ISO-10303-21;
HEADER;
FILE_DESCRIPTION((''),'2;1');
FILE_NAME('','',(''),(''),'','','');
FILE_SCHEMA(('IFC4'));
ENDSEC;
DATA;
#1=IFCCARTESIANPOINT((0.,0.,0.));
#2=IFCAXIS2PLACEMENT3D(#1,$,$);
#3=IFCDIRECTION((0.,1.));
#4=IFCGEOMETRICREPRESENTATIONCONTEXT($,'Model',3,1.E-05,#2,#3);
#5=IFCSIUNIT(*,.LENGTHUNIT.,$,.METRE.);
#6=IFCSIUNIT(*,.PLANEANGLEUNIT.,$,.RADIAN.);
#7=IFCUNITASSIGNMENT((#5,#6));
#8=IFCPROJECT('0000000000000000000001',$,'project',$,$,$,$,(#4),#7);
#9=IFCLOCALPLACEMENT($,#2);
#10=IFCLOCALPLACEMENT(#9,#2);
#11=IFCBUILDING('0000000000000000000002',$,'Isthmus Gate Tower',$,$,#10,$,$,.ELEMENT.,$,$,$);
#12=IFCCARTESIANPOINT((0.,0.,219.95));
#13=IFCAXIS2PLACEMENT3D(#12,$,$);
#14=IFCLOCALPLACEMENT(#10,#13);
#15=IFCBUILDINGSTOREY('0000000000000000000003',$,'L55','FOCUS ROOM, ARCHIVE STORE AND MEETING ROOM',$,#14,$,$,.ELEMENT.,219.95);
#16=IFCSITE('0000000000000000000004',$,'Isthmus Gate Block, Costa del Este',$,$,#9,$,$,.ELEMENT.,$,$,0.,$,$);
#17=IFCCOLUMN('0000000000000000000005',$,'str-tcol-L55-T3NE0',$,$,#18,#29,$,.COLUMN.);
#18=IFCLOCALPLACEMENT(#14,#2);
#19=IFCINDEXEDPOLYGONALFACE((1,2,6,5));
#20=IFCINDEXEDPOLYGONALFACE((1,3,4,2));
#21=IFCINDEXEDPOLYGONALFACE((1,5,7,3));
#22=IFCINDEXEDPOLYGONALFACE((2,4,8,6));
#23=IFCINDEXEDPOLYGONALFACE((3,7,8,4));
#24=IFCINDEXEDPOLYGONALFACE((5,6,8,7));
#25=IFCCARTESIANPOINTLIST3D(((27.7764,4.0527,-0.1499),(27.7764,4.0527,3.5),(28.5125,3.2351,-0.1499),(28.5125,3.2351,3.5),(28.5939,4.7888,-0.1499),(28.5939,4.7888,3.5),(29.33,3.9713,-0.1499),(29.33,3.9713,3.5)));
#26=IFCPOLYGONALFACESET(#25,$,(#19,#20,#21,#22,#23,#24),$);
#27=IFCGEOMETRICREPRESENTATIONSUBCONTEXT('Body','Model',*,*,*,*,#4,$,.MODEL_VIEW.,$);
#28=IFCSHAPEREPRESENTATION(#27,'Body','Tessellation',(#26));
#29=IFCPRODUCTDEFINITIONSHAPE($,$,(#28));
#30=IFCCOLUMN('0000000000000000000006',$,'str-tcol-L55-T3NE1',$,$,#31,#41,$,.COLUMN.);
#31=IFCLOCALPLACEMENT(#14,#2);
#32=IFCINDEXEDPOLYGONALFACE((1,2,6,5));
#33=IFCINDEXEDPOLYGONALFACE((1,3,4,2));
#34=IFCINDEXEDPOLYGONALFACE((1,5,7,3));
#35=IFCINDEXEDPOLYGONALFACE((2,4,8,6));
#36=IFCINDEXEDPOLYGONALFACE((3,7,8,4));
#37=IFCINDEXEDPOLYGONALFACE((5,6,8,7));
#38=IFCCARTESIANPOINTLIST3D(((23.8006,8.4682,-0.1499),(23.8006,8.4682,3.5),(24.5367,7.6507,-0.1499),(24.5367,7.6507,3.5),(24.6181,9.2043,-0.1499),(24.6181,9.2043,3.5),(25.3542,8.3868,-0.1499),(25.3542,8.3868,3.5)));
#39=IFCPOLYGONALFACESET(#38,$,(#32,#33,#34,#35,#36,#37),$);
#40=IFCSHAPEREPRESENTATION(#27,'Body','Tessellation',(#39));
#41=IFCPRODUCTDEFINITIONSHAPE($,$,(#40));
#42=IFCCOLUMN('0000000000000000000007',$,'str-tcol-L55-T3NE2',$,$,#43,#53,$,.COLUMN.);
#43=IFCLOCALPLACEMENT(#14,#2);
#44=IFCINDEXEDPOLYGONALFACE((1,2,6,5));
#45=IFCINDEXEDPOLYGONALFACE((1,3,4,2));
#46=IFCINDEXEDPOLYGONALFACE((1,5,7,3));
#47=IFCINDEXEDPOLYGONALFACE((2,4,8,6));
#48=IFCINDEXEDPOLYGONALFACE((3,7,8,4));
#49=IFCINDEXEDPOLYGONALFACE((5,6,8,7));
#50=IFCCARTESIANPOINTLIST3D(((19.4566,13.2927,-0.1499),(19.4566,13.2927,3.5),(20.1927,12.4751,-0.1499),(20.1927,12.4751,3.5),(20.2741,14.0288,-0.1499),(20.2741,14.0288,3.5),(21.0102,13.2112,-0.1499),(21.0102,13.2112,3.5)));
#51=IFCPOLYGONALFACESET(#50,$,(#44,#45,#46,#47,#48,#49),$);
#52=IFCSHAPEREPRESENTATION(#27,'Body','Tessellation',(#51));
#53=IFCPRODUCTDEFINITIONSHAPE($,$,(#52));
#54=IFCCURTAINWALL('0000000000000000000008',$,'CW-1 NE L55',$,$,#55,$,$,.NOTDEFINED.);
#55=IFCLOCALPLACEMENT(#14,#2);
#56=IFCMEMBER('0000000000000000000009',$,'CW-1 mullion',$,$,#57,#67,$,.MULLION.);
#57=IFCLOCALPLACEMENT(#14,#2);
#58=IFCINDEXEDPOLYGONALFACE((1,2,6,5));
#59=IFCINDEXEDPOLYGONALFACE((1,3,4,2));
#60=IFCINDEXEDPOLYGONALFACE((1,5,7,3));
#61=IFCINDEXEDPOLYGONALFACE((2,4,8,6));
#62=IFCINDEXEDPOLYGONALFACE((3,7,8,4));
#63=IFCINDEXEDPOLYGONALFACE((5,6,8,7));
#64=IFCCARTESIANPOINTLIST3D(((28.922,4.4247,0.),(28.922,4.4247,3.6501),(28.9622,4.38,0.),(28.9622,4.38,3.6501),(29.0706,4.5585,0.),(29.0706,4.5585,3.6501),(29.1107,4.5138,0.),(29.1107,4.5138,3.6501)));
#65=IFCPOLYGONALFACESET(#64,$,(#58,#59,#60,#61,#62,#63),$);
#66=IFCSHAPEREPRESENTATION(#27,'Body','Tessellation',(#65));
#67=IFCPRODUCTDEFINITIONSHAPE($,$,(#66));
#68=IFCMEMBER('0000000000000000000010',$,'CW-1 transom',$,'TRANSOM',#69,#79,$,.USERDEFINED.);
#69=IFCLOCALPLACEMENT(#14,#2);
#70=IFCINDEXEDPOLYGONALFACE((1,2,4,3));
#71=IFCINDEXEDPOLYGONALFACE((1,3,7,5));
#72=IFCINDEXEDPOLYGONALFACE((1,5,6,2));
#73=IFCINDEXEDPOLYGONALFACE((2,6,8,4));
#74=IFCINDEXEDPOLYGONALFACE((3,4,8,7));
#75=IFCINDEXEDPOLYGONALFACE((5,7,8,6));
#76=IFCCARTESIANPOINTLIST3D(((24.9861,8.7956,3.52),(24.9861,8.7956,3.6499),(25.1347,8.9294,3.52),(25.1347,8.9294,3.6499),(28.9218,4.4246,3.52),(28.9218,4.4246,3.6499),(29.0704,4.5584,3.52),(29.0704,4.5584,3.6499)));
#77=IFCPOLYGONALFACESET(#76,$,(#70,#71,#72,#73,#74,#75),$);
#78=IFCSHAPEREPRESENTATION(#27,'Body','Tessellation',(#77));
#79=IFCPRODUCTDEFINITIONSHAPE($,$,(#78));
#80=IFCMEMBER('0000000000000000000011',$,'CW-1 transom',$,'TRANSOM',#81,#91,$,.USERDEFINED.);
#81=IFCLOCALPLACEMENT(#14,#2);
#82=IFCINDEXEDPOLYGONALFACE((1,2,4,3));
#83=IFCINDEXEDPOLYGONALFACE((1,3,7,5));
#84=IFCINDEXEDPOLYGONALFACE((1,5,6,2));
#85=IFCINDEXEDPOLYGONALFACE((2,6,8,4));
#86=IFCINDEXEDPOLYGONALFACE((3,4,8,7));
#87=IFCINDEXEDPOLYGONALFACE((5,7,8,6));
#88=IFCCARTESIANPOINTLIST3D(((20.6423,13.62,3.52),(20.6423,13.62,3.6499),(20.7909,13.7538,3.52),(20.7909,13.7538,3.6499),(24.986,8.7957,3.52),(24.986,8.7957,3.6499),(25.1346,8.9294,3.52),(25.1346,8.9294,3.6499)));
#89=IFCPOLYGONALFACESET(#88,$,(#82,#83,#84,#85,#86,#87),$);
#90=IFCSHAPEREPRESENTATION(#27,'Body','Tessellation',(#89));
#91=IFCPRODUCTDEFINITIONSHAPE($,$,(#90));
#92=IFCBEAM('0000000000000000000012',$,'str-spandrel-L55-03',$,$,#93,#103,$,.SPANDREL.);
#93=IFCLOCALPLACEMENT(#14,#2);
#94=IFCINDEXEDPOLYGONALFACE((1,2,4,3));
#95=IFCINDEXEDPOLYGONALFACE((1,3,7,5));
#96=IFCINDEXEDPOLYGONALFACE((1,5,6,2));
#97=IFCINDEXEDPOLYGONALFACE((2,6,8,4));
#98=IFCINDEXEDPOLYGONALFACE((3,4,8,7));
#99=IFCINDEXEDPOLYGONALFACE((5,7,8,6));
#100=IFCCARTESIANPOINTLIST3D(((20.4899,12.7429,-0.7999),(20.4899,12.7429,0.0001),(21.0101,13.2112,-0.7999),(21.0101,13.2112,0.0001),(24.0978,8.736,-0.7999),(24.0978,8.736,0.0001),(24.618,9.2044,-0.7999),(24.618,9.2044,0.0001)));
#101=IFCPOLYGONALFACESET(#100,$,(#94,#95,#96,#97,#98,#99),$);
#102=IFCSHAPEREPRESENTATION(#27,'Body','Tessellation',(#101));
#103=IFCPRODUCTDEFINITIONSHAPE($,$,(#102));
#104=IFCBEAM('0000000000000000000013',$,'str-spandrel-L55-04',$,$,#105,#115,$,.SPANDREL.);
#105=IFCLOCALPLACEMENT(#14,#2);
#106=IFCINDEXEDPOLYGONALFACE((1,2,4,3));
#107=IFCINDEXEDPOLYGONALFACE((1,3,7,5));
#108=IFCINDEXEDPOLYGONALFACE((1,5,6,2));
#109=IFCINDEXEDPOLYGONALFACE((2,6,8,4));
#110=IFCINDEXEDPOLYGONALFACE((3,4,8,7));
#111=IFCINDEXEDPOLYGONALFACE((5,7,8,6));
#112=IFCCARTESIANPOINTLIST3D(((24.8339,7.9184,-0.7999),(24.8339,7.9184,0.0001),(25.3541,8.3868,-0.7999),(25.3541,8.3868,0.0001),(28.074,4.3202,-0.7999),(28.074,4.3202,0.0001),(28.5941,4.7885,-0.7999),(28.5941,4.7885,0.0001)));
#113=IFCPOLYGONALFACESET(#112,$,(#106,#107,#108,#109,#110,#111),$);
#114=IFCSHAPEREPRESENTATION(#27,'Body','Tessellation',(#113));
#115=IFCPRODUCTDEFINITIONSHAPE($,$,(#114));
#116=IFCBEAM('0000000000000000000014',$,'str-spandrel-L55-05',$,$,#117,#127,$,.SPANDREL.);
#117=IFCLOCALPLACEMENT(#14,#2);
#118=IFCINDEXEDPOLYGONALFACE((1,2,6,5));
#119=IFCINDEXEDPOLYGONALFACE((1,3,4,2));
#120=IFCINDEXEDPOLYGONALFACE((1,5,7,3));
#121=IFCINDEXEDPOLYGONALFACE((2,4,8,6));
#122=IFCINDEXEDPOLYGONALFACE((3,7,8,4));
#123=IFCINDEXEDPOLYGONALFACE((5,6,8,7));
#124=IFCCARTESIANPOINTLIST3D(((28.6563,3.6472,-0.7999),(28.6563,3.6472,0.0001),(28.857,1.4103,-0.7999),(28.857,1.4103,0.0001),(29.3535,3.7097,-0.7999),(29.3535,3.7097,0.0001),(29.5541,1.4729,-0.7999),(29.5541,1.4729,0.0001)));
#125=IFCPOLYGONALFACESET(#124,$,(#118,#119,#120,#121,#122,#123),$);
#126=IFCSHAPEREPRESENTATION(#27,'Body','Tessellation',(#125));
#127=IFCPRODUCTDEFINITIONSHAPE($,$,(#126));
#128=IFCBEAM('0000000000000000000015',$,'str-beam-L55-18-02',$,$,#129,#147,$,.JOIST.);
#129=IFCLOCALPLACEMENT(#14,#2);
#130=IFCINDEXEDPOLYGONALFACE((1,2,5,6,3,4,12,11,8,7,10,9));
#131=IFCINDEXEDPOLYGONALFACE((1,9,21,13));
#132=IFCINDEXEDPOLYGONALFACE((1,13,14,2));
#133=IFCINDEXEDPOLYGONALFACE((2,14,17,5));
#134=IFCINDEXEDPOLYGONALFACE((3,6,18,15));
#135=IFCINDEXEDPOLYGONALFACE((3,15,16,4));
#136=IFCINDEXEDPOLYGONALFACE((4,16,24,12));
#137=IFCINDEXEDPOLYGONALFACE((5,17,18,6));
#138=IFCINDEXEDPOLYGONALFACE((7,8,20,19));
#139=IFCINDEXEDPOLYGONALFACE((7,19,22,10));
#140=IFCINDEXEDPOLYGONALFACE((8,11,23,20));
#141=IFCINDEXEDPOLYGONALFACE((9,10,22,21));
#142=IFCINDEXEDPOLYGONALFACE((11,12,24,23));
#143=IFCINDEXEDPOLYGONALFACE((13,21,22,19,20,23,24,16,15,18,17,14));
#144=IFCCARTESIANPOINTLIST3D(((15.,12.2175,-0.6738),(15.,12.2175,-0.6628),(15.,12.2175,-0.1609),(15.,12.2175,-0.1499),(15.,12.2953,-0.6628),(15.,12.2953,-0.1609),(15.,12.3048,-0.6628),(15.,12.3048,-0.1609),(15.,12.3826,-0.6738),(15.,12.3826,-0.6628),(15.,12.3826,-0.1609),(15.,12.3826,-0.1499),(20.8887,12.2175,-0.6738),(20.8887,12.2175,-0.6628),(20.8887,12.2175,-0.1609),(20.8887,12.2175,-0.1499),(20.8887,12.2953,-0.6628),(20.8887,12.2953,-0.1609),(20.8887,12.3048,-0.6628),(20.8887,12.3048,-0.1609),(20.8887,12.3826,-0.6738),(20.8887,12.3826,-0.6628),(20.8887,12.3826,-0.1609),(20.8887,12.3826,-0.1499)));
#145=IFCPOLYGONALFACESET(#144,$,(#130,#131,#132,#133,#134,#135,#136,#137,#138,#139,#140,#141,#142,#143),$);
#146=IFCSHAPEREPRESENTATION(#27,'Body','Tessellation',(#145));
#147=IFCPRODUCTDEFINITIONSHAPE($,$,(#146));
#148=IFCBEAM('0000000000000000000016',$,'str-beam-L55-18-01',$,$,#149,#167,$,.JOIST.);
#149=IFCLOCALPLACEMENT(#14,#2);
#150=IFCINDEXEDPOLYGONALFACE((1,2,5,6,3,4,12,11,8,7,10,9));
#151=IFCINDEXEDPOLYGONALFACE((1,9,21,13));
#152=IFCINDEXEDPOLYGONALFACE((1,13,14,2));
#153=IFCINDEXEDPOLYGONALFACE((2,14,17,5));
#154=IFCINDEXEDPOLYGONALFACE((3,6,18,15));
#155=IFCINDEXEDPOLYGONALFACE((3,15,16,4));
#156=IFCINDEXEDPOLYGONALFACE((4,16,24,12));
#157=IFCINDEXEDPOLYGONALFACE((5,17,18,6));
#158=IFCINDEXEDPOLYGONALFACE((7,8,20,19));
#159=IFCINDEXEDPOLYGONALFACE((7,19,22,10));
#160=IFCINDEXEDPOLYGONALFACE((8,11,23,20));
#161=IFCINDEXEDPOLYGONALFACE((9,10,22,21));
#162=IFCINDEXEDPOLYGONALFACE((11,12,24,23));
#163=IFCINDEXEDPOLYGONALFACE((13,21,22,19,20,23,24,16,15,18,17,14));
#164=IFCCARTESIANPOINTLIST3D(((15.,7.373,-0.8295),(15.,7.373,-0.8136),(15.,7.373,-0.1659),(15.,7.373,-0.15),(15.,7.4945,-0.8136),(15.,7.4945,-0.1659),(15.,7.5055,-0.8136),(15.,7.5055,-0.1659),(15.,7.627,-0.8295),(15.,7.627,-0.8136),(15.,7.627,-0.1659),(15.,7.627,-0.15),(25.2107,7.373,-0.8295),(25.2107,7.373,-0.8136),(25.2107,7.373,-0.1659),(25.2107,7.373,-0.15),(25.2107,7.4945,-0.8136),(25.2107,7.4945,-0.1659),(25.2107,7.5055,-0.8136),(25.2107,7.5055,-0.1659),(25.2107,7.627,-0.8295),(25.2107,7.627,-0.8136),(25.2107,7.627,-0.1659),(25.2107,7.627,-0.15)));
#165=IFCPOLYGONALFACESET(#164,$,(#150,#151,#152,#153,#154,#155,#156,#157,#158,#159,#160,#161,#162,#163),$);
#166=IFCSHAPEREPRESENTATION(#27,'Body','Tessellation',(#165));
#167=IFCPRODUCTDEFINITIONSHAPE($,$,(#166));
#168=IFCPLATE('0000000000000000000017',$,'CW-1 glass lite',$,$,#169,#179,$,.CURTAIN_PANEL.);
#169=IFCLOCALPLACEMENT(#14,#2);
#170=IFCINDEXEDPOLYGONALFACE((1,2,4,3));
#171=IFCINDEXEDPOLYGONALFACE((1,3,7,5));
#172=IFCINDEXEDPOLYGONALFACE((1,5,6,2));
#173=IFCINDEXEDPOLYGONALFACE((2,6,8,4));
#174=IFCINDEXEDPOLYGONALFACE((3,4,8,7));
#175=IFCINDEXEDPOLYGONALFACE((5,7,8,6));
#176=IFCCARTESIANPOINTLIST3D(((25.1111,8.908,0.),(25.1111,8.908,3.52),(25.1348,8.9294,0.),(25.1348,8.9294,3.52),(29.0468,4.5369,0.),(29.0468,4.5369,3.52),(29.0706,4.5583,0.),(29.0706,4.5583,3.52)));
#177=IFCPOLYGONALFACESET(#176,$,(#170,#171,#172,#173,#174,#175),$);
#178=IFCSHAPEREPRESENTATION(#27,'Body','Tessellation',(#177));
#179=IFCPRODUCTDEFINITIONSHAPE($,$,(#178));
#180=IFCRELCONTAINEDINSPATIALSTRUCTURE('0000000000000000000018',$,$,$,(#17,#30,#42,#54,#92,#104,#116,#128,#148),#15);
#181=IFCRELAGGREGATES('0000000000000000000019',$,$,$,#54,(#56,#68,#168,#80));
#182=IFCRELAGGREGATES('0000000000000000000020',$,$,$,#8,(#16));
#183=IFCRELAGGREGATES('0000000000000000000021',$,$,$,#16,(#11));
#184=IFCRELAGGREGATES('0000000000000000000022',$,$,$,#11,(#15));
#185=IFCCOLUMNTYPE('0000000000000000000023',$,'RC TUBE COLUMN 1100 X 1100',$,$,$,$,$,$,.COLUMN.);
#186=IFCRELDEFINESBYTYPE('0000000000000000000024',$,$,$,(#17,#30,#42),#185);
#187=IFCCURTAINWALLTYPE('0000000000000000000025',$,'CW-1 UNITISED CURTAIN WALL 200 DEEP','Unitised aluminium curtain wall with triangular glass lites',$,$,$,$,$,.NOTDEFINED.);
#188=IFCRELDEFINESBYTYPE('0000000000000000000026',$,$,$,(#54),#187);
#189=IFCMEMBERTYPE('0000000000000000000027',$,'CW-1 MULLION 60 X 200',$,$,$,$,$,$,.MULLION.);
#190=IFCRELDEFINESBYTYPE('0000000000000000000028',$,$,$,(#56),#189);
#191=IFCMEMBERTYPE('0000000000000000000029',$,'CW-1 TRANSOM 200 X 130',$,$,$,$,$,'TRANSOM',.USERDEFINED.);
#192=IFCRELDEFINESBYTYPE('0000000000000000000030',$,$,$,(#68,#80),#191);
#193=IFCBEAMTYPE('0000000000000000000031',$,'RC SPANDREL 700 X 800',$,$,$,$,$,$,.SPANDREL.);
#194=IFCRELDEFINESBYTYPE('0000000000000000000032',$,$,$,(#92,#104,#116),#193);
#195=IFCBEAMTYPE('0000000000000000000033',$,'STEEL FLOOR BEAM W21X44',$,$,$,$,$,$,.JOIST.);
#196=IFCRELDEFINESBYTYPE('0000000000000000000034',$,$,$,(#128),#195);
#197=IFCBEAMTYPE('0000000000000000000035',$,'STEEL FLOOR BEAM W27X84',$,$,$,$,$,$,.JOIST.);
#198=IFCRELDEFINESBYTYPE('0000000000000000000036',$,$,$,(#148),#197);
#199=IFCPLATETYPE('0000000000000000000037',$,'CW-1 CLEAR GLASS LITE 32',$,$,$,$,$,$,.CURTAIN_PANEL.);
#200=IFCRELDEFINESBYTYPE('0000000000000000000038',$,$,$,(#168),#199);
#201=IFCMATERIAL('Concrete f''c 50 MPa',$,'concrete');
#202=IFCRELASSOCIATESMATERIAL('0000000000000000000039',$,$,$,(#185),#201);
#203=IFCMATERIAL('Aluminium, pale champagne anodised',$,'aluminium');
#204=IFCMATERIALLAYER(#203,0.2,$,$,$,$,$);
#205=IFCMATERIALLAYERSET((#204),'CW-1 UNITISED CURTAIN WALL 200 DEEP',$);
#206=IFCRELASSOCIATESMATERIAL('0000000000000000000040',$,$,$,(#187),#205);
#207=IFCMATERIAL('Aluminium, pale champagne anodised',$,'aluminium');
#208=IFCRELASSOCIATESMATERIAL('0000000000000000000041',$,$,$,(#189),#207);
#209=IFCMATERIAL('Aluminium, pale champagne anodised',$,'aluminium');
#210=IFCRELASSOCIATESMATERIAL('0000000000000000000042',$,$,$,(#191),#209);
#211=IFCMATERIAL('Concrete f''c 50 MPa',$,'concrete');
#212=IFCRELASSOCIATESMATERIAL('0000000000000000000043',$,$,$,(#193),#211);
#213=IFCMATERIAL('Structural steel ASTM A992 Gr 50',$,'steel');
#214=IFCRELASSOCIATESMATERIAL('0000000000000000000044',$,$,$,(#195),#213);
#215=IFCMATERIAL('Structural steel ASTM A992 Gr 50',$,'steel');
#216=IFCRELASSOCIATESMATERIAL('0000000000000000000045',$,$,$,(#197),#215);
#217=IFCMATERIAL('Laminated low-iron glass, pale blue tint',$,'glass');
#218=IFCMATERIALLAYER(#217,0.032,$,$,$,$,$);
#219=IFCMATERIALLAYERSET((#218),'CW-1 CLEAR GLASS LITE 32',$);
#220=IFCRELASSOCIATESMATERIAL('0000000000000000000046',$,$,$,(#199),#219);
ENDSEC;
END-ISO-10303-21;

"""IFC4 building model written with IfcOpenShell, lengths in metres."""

from ifc_helpers import new_model, si_unit, direction, frame, origin, origin_2d, place, context, subcontext, project, spatial, rectangle, i_section, extrude, material, layer, layer_set, material_profile, profile_set, type_object, element, aggregate, save


model = new_model("IFC4")

# Units and contexts
model_context = context("Model", 3, precision=1e-05, world=origin(), true_north=direction((0.0, 1.0)))
body_context = subcontext(model_context, "Body", "Model", "MODEL_VIEW")
ifc_project = project(units=[si_unit("LENGTHUNIT", "METRE"), si_unit("PLANEANGLEUNIT", "RADIAN")], contexts=[model_context])

# Site, building, storey
site_placement = place(None, origin())
site = spatial("IfcSite", under=ifc_project, at=site_placement, Name="Isthmus Gate Block, Costa del Este", CompositionType="ELEMENT", RefElevation=0.0)
building_placement = place(site_placement, origin())
building = spatial("IfcBuilding", under=site, at=building_placement, Name="Isthmus Gate Tower", CompositionType="ELEMENT")
storey_placement = place(building_placement, frame((0.0, 0.0, 219.95)))
storey = spatial("IfcBuildingStorey", under=building, at=storey_placement, Name="L55", Description="FOCUS ROOM, ARCHIVE STORE AND MEETING ROOM", CompositionType="ELEMENT", Elevation=219.95)

# Columns
ifc_material_1 = material(Name="Concrete f'c 50 MPa", Category="concrete")
ifc_material_profile_1 = material_profile(ifc_material_1, rectangle(XDim=1.1001, YDim=1.1001, at=origin_2d()), Name="RC 1100X1100")
ifc_profile_set_1 = profile_set([ifc_material_profile_1], Name="Concrete f'c 50 MPa")
column_type = type_object("IfcColumnType", Name="RC TUBE COLUMN 1100 X 1100", PredefinedType="COLUMN", material=ifc_profile_set_1)
for number, where, z_axis, x_axis, name in (
    (1, (28.5532, 4.012, -0.1499), (0.0, 0.0, 1.0), (-0.669131, 0.743145, 0.0), "str-tcol-L55-T3NE0"),
    (2, (24.5774, 8.4275, -0.1499), (0.0, 0.0, 1.0), (-0.669131, 0.743145, 0.0), "str-tcol-L55-T3NE1"),
    (3, (20.2334, 13.252, -0.1499), (0.0, 0.0, 1.0), (-0.669131, 0.743145, 0.0), "str-tcol-L55-T3NE2"),
):
    element("IfcColumn", number, at=place(storey_placement, frame(where, z_axis=z_axis, x_axis=x_axis)), inside=storey, type_object=column_type, Name=name, PredefinedType="COLUMN", context=body_context, shape_type="SweptSolid", body=[
        extrude(rectangle(XDim=1.1001, YDim=1.1001, at=origin_2d()), origin(), (0.0, 0.0, 1.0), 3.6499),
    ])

# Curtain wall, members
ifc_material_2 = material(Name="Aluminium, pale champagne anodised", Category="aluminium")
ifc_layer_1 = layer(ifc_material_2, 0.2)
ifc_layer_set_1 = layer_set([ifc_layer_1], Name="CW-1 UNITISED CURTAIN WALL 200 DEEP")
curtain_wall_type = type_object("IfcCurtainWallType", Name="CW-1 UNITISED CURTAIN WALL 200 DEEP", Description="Unitised aluminium curtain wall with triangular glass lites", PredefinedType="NOTDEFINED", material=ifc_layer_set_1)
curtain_wall_placement = place(storey_placement, origin())
curtain_wall = element("IfcCurtainWall", 4, at=curtain_wall_placement, inside=storey, type_object=curtain_wall_type, Name="CW-1 NE L55", PredefinedType="NOTDEFINED")
ifc_material_3 = material(Name="Aluminium, pale champagne anodised", Category="aluminium")
ifc_material_profile_2 = material_profile(ifc_material_3, rectangle(XDim=0.0601, YDim=0.2, at=origin_2d()), Name="60x200")
ifc_profile_set_2 = profile_set([ifc_material_profile_2], Name="Aluminium, pale champagne anodised")
member_type_1 = type_object("IfcMemberType", Name="CW-1 MULLION 60 X 200", PredefinedType="MULLION", material=ifc_profile_set_2)
member_1_placement = place(storey_placement, frame((29.0164, 4.4692, 0.0), z_axis=(0.0, 0.0, 1.0), x_axis=(-0.669131, 0.743145, 0.0)))
member_1 = element("IfcMember", 5, at=member_1_placement, type_object=member_type_1, Name="CW-1 mullion", PredefinedType="MULLION", context=body_context, shape_type="SweptSolid", body=[
    extrude(rectangle(XDim=0.0601, YDim=0.2, at=origin_2d()), origin(), (0.0, 0.0, 1.0), 3.6501),
])
ifc_material_4 = material(Name="Aluminium, pale champagne anodised", Category="aluminium")
ifc_material_profile_3 = material_profile(ifc_material_4, rectangle(XDim=0.2, YDim=0.1299, at=origin_2d()), Name="200x130")
ifc_profile_set_3 = profile_set([ifc_material_profile_3], Name="Aluminium, pale champagne anodised")
member_type_2 = type_object("IfcMemberType", Name="CW-1 TRANSOM 200 X 130", ElementType="TRANSOM", PredefinedType="USERDEFINED", material=ifc_profile_set_3)
member_2_placement = place(storey_placement, frame((28.9961, 4.4915, 3.585), z_axis=(-0.669134, 0.743141, 0.0), x_axis=(-0.743141, -0.669134, 0.0)))
member_2 = element("IfcMember", 6, at=member_2_placement, type_object=member_type_2, Name="CW-1 transom", ObjectType="TRANSOM", PredefinedType="USERDEFINED", context=body_context, shape_type="SweptSolid", body=[
    extrude(rectangle(XDim=0.2, YDim=0.1299, at=origin_2d()), origin(), (0.0, 0.0, 1.0), 5.8818),
])
member_3_placement = place(storey_placement, frame((25.0603, 8.8625, 3.585), z_axis=(-0.669112, 0.743161, 0.0), x_axis=(-0.743161, -0.669112, 0.0)))
member_3 = element("IfcMember", 7, at=member_3_placement, type_object=member_type_2, Name="CW-1 transom", ObjectType="TRANSOM", PredefinedType="USERDEFINED", context=body_context, shape_type="SweptSolid", body=[
    extrude(rectangle(XDim=0.2, YDim=0.1299, at=origin_2d()), origin(), (0.0, 0.0, 1.0), 6.4917),
])

# Beams
ifc_material_5 = material(Name="Concrete f'c 50 MPa", Category="concrete")
ifc_material_profile_4 = material_profile(ifc_material_5, rectangle(XDim=0.7, YDim=0.8, at=origin_2d()), Name="RC 700X800")
ifc_profile_set_4 = profile_set([ifc_material_profile_4], Name="Concrete f'c 50 MPa")
beam_type_1 = type_object("IfcBeamType", Name="RC SPANDREL 700 X 800", PredefinedType="SPANDREL", material=ifc_profile_set_4)
beam_1_placement = place(storey_placement, frame((20.75, 12.9771, -0.3999), z_axis=(0.669145, -0.743132, 0.0), x_axis=(0.743132, 0.669145, 0.0)))
element("IfcBeam", 8, at=beam_1_placement, inside=storey, type_object=beam_type_1, Name="str-spandrel-L55-03", PredefinedType="SPANDREL", context=body_context, shape_type="SweptSolid", body=[
    extrude(rectangle(XDim=0.7, YDim=0.8, at=origin_2d()), origin(), (0.0, 0.0, 1.0), 5.3918),
])
beam_2_placement = place(storey_placement, frame((25.094, 8.1526, -0.3999), z_axis=(0.669154, -0.743124, 0.0), x_axis=(0.743124, 0.669154, 0.0)))
element("IfcBeam", 9, at=beam_2_placement, inside=storey, type_object=beam_type_1, Name="str-spandrel-L55-04", PredefinedType="SPANDREL", context=body_context, shape_type="SweptSolid", body=[
    extrude(rectangle(XDim=0.7, YDim=0.8, at=origin_2d()), origin(), (0.0, 0.0, 1.0), 4.842),
])
beam_3_placement = place(storey_placement, frame((29.0049, 3.6785, -0.3999), z_axis=(0.089359, -0.995999, 0.0), x_axis=(0.995999, 0.089359, 0.0)))
element("IfcBeam", 10, at=beam_3_placement, inside=storey, type_object=beam_type_1, Name="str-spandrel-L55-05", PredefinedType="SPANDREL", context=body_context, shape_type="SweptSolid", body=[
    extrude(rectangle(XDim=0.7, YDim=0.8, at=origin_2d()), origin(), (0.0, 0.0, 1.0), 2.2458),
])
ifc_material_6 = material(Name="Structural steel ASTM A992 Gr 50", Category="steel")
ifc_material_profile_5 = material_profile(ifc_material_6, i_section(OverallWidth=0.165, OverallDepth=0.5239, WebThickness=0.0095, FlangeThickness=0.011, at=origin_2d()), Name="W21X44")
ifc_profile_set_5 = profile_set([ifc_material_profile_5], Name="Structural steel ASTM A992 Gr 50")
beam_type_2 = type_object("IfcBeamType", Name="STEEL FLOOR BEAM W21X44", PredefinedType="JOIST", material=ifc_profile_set_5)
beam_4_placement = place(storey_placement, frame((15.0, 12.3, -0.4119), z_axis=(1.0, 0.0, 0.0), x_axis=(0.0, 1.0, 0.0)))
element("IfcBeam", 11, at=beam_4_placement, inside=storey, type_object=beam_type_2, Name="str-beam-L55-18-02", PredefinedType="JOIST", context=body_context, shape_type="SweptSolid", body=[
    extrude(i_section(OverallWidth=0.165, OverallDepth=0.5239, WebThickness=0.0095, FlangeThickness=0.011, at=origin_2d()), origin(), (0.0, 0.0, 1.0), 5.8887),
])
ifc_material_7 = material(Name="Structural steel ASTM A992 Gr 50", Category="steel")
ifc_material_profile_6 = material_profile(ifc_material_7, i_section(OverallWidth=0.2539, OverallDepth=0.6794, WebThickness=0.011, FlangeThickness=0.0159, at=origin_2d()), Name="W27X84")
ifc_profile_set_6 = profile_set([ifc_material_profile_6], Name="Structural steel ASTM A992 Gr 50")
beam_type_3 = type_object("IfcBeamType", Name="STEEL FLOOR BEAM W27X84", PredefinedType="JOIST", material=ifc_profile_set_6)
beam_5_placement = place(storey_placement, frame((15.0, 7.5, -0.4897), z_axis=(1.0, 0.0, 0.0), x_axis=(0.0, 1.0, 0.0)))
element("IfcBeam", 12, at=beam_5_placement, inside=storey, type_object=beam_type_3, Name="str-beam-L55-18-01", PredefinedType="JOIST", context=body_context, shape_type="SweptSolid", body=[
    extrude(i_section(OverallWidth=0.2539, OverallDepth=0.6794, WebThickness=0.011, FlangeThickness=0.0159, at=origin_2d()), origin(), (0.0, 0.0, 1.0), 10.2107),
])

# Plate
ifc_material_8 = material(Name="Laminated low-iron glass, pale blue tint", Category="glass")
ifc_layer_2 = layer(ifc_material_8, 0.032)
ifc_layer_set_2 = layer_set([ifc_layer_2], Name="CW-1 CLEAR GLASS LITE 32")
plate_type = type_object("IfcPlateType", Name="CW-1 CLEAR GLASS LITE 32", PredefinedType="CURTAIN_PANEL", material=ifc_layer_set_2)
plate_placement = place(storey_placement, frame((27.0908, 6.7332, 0.0), z_axis=(0.0, 0.0, 1.0), x_axis=(-0.669131, 0.743145, 0.0)))
plate = element("IfcPlate", 13, at=plate_placement, type_object=plate_type, Name="CW-1 glass lite", PredefinedType="CURTAIN_PANEL", context=body_context, shape_type="SweptSolid", body=[
    extrude(rectangle(XDim=5.8818, YDim=0.032, at=origin_2d()), origin(), (0.0, 0.0, 1.0), 3.52),
])

aggregate(curtain_wall, [member_1, member_2, plate, member_3])

save(model, "model.ifc")
